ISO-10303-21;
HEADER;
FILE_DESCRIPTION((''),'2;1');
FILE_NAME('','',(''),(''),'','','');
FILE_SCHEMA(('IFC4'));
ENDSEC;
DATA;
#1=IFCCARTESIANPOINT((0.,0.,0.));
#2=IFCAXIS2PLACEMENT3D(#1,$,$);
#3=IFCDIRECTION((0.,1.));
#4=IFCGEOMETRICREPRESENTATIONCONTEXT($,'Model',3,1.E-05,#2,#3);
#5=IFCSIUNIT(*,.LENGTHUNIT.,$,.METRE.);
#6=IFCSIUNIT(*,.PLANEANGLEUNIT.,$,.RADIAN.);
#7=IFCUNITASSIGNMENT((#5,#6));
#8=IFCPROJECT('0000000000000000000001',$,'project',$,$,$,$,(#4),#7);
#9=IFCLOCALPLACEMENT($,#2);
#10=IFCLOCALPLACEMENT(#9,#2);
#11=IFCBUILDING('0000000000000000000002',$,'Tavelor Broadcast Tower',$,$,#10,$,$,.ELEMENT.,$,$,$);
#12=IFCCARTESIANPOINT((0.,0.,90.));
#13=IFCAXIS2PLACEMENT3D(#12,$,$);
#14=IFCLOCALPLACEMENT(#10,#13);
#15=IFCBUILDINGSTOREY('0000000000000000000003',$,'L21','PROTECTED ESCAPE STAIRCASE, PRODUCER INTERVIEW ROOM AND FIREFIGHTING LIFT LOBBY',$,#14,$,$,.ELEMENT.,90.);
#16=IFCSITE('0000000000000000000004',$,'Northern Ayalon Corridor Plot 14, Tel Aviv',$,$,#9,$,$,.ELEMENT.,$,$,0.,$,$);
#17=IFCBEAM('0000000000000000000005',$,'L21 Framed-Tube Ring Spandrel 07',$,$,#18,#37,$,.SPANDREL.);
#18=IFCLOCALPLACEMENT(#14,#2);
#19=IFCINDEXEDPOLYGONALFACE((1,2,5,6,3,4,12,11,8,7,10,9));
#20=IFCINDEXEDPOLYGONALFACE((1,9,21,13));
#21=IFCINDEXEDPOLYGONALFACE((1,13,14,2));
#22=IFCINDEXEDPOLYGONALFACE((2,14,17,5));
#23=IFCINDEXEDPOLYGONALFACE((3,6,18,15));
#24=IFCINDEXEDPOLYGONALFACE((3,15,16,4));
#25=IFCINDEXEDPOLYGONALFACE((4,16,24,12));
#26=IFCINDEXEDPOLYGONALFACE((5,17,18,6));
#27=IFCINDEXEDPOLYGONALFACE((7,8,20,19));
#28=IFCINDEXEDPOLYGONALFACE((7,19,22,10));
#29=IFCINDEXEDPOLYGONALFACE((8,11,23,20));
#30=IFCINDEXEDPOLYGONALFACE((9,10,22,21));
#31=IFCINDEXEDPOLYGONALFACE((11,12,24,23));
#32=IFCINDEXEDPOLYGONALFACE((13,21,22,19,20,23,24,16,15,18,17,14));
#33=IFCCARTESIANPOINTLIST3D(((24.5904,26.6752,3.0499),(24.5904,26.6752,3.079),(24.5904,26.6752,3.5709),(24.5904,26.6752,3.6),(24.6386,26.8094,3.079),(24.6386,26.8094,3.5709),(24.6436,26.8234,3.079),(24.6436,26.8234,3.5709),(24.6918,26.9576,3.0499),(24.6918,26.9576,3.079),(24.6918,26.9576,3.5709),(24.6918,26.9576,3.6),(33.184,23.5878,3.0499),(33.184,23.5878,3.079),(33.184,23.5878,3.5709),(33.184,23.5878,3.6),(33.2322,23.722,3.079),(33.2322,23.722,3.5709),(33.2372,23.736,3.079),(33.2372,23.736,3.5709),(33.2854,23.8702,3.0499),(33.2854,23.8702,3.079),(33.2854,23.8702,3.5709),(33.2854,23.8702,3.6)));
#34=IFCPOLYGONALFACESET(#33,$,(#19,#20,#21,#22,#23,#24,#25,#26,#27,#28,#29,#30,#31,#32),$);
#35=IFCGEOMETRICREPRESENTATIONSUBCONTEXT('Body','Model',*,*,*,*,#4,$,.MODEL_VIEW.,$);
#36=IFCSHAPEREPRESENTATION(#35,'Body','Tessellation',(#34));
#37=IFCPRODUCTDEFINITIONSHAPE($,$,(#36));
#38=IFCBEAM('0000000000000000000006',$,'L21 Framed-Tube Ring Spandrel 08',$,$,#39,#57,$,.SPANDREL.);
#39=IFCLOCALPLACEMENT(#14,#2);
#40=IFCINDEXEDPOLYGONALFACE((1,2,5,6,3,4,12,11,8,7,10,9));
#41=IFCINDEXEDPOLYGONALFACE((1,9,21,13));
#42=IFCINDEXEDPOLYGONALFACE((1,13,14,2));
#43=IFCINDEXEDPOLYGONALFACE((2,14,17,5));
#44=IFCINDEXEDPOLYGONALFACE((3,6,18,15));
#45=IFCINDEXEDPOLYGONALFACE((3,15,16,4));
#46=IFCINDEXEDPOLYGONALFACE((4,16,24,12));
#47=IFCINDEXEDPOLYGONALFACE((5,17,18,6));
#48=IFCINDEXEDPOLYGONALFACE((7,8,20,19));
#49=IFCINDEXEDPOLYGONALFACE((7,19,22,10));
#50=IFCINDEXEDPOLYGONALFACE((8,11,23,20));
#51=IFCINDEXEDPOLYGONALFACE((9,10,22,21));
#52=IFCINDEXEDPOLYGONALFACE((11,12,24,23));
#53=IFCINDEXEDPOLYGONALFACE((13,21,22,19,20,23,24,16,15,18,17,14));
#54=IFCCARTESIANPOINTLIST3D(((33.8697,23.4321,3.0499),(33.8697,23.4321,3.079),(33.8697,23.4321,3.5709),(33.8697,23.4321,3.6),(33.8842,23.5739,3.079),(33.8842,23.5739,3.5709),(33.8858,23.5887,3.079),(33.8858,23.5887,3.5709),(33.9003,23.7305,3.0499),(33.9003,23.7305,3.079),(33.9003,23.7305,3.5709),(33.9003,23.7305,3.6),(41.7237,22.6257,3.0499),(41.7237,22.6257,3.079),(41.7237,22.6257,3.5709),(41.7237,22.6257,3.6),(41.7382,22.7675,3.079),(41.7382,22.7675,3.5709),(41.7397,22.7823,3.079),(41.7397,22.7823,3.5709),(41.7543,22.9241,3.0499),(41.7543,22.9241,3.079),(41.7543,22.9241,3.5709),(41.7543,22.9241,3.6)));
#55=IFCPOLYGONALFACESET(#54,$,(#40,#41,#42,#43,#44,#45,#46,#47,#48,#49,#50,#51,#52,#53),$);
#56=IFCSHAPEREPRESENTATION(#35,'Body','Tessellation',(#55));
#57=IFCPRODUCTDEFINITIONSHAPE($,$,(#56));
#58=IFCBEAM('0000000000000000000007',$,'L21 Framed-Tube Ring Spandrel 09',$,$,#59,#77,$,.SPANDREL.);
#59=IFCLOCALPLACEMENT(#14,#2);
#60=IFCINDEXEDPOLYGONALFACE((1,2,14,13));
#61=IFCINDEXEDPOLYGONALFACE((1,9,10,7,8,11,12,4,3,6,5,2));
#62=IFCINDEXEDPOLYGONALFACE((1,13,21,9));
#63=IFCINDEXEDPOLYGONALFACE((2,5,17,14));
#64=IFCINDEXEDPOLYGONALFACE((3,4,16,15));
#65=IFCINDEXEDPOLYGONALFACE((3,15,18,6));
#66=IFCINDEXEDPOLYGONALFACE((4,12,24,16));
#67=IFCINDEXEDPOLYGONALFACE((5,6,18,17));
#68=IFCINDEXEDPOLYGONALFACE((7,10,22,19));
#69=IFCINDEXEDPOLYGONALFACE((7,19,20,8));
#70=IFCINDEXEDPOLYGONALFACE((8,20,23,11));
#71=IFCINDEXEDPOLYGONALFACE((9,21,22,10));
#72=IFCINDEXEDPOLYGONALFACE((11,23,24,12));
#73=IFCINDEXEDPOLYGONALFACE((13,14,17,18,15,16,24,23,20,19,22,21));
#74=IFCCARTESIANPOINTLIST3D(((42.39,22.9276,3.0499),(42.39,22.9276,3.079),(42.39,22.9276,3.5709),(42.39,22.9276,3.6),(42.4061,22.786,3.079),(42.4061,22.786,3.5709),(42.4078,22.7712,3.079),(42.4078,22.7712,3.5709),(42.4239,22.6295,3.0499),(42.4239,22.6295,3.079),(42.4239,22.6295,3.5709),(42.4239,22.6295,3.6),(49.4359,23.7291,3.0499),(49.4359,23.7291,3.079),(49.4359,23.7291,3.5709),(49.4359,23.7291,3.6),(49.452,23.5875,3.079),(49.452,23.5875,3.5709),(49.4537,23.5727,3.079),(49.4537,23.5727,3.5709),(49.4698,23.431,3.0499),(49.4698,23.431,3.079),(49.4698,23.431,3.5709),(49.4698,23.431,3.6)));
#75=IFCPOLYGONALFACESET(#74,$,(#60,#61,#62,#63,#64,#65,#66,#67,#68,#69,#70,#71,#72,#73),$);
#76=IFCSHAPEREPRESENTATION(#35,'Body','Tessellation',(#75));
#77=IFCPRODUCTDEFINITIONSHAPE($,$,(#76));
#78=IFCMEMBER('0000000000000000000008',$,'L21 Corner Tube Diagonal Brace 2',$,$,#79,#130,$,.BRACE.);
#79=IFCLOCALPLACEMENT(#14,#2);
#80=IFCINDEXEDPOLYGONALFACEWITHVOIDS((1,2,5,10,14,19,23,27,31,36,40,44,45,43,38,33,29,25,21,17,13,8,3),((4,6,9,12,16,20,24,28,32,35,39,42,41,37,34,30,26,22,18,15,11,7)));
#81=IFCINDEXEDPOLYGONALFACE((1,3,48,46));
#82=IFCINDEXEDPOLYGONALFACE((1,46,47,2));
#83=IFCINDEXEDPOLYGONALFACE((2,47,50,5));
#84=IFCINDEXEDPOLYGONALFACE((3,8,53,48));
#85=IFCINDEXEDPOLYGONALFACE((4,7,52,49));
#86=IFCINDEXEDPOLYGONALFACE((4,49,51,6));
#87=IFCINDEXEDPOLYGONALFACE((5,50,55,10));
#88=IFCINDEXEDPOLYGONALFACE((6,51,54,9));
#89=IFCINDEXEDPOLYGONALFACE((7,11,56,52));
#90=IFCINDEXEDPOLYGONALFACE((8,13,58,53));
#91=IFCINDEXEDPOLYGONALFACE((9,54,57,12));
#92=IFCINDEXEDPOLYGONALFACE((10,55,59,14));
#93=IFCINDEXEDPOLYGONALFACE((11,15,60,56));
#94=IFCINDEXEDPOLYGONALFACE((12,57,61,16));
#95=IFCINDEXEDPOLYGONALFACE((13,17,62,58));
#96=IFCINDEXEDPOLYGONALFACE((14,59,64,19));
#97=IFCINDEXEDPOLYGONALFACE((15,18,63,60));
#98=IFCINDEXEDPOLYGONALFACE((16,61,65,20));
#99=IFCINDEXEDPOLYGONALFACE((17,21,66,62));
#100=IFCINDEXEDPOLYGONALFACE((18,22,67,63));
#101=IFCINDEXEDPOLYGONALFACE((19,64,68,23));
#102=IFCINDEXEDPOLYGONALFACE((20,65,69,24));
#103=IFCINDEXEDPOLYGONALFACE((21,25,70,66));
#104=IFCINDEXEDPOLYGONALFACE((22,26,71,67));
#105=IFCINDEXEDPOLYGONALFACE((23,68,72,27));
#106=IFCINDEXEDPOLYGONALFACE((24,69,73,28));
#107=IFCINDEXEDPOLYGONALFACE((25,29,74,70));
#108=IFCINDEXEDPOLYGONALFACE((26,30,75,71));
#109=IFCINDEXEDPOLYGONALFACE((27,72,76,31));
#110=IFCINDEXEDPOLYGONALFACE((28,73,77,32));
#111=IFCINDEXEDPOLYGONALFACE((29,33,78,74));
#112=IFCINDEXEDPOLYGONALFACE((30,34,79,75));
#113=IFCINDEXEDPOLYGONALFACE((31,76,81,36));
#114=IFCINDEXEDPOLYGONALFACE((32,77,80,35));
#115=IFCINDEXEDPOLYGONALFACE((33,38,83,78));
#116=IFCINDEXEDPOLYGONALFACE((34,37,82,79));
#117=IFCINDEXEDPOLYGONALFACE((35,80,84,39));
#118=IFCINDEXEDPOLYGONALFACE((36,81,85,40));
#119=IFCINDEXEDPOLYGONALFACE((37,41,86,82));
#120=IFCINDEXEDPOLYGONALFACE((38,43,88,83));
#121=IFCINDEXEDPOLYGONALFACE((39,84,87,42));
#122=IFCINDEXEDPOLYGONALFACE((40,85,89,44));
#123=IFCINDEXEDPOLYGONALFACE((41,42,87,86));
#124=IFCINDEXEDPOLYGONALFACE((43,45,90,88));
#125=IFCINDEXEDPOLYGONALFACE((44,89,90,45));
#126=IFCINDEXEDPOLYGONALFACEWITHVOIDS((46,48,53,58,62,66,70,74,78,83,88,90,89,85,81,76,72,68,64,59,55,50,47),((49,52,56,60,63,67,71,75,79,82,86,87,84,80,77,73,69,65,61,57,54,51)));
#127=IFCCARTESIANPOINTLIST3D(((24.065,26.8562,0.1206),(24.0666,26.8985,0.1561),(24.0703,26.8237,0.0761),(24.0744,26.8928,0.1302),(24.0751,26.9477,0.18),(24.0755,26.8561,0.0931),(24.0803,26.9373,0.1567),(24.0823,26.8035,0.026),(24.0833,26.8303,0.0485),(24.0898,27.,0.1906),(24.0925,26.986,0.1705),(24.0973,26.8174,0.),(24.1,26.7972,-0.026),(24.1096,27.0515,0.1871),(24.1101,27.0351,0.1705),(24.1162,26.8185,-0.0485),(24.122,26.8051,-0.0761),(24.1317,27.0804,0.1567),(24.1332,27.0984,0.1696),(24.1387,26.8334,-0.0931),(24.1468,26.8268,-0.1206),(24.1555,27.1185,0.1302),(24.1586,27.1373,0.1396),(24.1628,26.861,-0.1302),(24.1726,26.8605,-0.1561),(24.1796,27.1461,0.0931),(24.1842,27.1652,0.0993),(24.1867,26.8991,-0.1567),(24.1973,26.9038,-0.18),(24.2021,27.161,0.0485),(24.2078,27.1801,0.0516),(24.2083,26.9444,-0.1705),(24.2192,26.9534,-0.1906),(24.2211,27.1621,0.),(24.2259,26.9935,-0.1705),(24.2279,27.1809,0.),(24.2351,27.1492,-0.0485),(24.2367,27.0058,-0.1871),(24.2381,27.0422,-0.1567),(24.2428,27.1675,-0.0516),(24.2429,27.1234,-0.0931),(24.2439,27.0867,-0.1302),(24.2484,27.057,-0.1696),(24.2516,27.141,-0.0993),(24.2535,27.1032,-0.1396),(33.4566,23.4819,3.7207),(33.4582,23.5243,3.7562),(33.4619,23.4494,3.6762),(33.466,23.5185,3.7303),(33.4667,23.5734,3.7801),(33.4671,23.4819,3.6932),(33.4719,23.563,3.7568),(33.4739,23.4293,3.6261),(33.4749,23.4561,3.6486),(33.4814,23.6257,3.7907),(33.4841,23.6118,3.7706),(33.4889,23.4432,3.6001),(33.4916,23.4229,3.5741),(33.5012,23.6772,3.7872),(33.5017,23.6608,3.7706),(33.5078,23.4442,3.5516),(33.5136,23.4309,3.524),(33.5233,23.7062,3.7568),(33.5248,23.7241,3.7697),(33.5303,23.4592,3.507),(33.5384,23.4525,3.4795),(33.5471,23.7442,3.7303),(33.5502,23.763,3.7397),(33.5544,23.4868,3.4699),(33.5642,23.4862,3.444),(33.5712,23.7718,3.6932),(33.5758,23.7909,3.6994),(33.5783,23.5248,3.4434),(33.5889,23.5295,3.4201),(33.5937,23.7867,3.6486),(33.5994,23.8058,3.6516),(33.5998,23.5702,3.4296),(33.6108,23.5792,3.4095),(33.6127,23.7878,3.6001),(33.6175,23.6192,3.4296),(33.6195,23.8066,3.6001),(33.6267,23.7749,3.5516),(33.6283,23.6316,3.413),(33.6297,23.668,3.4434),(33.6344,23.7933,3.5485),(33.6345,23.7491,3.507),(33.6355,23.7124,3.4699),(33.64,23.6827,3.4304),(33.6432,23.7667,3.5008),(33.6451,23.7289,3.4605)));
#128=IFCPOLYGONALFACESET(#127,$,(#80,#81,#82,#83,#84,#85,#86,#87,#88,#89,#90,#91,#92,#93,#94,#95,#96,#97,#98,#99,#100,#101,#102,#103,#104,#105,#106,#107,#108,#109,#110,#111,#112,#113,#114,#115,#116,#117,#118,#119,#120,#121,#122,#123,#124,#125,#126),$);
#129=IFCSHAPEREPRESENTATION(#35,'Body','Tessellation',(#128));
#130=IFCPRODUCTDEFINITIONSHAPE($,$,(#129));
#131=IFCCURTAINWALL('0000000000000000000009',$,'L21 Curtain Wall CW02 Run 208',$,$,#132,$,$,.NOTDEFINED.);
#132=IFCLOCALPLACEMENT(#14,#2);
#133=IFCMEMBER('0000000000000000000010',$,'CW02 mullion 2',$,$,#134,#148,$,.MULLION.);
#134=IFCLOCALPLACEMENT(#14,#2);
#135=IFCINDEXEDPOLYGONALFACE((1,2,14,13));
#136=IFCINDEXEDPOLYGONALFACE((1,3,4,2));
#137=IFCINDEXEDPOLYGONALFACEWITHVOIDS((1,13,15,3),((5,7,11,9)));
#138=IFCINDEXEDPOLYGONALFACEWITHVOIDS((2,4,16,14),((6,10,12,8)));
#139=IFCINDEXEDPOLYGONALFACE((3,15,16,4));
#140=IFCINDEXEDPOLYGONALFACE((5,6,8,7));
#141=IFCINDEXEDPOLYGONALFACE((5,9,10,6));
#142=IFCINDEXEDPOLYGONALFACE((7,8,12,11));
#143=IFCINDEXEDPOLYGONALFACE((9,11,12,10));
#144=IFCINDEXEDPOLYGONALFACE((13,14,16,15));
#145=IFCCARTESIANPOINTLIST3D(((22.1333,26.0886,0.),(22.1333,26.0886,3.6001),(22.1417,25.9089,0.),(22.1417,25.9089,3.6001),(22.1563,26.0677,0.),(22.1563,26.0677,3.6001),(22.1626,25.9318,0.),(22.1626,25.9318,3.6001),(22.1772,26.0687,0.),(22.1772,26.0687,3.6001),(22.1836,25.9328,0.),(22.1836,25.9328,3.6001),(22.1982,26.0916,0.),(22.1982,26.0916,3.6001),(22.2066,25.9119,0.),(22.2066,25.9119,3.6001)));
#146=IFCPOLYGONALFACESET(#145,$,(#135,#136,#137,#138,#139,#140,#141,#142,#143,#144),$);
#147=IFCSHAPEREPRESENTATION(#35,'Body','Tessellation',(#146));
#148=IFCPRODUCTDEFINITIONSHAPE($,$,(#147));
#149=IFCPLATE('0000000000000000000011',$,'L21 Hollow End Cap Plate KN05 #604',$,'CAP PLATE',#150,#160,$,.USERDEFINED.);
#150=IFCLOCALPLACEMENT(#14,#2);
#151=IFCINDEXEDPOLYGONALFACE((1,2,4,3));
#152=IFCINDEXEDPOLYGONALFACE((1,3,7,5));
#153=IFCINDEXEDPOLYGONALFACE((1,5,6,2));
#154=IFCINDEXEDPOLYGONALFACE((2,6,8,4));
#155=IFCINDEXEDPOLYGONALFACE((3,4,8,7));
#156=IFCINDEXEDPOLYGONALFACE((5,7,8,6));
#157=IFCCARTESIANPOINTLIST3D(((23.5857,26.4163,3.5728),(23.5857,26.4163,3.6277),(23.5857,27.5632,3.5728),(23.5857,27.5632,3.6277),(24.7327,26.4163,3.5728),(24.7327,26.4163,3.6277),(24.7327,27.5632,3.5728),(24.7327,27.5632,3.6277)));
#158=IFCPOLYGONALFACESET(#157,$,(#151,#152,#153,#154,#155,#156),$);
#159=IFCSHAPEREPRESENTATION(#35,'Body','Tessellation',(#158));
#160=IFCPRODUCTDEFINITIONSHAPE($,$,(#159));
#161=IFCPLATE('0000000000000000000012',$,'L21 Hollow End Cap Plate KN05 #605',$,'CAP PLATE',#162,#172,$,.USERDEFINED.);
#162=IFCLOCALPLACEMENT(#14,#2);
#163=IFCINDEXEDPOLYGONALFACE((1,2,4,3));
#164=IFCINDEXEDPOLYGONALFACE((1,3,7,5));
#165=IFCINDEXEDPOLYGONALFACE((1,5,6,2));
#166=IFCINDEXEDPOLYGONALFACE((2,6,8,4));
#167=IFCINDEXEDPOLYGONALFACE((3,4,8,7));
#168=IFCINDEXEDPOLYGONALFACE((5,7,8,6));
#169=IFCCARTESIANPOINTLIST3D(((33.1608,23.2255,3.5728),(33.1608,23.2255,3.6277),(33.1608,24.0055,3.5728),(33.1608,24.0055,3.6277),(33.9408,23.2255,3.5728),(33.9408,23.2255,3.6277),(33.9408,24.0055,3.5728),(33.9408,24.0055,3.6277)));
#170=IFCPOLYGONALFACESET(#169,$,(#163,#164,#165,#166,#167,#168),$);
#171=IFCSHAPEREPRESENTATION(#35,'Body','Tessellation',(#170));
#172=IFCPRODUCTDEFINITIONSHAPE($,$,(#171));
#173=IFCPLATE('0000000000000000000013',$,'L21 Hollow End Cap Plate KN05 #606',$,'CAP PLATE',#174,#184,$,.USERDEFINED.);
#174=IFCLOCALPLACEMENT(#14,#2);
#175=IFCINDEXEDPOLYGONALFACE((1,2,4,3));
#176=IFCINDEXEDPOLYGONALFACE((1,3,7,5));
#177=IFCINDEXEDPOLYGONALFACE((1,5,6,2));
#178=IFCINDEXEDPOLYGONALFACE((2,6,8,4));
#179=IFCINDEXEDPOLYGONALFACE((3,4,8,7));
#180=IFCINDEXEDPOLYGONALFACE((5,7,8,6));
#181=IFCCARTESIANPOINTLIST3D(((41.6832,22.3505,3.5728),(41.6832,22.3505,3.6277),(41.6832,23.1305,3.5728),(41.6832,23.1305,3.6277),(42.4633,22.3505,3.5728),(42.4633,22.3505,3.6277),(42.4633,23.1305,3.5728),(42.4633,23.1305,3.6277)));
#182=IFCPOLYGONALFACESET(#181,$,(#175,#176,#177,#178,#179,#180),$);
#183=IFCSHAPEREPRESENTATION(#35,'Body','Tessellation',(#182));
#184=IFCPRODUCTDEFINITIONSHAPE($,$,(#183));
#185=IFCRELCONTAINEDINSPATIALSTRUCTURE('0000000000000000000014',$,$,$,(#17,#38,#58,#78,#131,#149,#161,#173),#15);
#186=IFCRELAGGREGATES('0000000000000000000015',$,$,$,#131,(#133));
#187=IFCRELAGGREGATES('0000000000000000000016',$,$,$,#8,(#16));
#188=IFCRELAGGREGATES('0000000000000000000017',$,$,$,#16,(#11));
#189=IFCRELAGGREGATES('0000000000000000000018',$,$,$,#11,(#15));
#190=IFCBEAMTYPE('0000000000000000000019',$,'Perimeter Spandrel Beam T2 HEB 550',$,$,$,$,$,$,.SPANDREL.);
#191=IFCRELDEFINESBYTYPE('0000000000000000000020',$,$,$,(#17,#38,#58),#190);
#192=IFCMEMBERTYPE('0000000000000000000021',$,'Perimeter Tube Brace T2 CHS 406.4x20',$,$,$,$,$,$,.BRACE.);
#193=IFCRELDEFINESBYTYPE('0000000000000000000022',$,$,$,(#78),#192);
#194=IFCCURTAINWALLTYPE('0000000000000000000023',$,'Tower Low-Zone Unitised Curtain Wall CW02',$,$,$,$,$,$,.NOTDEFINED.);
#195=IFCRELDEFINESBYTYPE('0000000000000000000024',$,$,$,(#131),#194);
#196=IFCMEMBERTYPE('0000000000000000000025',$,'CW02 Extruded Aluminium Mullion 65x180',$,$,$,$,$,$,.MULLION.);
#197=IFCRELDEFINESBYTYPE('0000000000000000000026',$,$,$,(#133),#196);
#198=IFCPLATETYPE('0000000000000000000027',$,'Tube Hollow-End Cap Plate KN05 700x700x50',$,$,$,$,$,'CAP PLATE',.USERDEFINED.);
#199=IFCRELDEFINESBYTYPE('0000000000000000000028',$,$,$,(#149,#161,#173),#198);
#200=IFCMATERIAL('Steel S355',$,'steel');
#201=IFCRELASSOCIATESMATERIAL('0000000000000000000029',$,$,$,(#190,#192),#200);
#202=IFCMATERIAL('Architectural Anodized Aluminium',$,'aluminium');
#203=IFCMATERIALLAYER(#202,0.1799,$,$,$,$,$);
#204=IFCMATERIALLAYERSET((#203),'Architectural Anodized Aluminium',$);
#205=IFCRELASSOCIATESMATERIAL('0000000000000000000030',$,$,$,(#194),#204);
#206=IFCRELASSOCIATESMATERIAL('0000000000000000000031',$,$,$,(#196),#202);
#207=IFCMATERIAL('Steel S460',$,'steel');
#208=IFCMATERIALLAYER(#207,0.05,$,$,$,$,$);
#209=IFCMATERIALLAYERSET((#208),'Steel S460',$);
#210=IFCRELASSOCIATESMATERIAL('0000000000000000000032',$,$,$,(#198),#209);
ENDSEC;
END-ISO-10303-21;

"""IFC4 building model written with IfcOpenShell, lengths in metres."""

from ifc_helpers import new_model, si_unit, direction, frame, origin, origin_2d, place, context, subcontext, project, spatial, rectangle, hollow_rectangle, hollow_circle, i_section, extrude, source, transform, mapped, material, layer, layer_set, material_profile, profile_set, type_object, type_shapes, element, aggregate, save


model = new_model("IFC4")

# Units and contexts
model_context = context("Model", 3, precision=1e-05, world=origin(), true_north=direction((0.0, 1.0)))
body_context = subcontext(model_context, "Body", "Model", "MODEL_VIEW")
ifc_project = project(units=[si_unit("LENGTHUNIT", "METRE"), si_unit("PLANEANGLEUNIT", "RADIAN")], contexts=[model_context])

# Site, building, storey
site_placement = place(None, origin())
site = spatial("IfcSite", under=ifc_project, at=site_placement, Name="Northern Ayalon Corridor Plot 14, Tel Aviv", CompositionType="ELEMENT", RefElevation=0.0)
building_placement = place(site_placement, origin())
building = spatial("IfcBuilding", under=site, at=building_placement, Name="Tavelor Broadcast Tower", CompositionType="ELEMENT")
storey_placement = place(building_placement, frame((0.0, 0.0, 90.0)))
storey = spatial("IfcBuildingStorey", under=building, at=storey_placement, Name="L21", Description="PROTECTED ESCAPE STAIRCASE, PRODUCER INTERVIEW ROOM AND FIREFIGHTING LIFT LOBBY", CompositionType="ELEMENT", Elevation=90.0)

# Shared definitions
ifc_material_1 = material(Name="Steel S460", Category="steel")

# Beams
ifc_material_2 = material(Name="Steel S355", Category="steel")
ifc_material_profile_1 = material_profile(ifc_material_2, i_section(OverallWidth=0.3, OverallDepth=0.55, WebThickness=0.0149, FlangeThickness=0.0291, at=origin_2d()), Name="HEB 550")
ifc_profile_set_1 = profile_set([ifc_material_profile_1], Name="Steel S355")
beam_type_1 = type_object("IfcBeamType", Name="Perimeter Spandrel Beam T2 HEB 550", PredefinedType="SPANDREL", material=ifc_profile_set_1)
beam_1_placement = place(storey_placement, frame((24.6411, 26.8164, 3.325), z_axis=(0.941106, -0.338113, 0.0), x_axis=(0.338113, 0.941106, 0.0)))
element("IfcBeam", 1, at=beam_1_placement, inside=storey, type_object=beam_type_1, Name="L21 Framed-Tube Ring Spandrel 07", PredefinedType="SPANDREL", context=body_context, shape_type="SweptSolid", body=[
    extrude(i_section(OverallWidth=0.3, OverallDepth=0.55, WebThickness=0.0149, FlangeThickness=0.0291, at=origin_2d()), origin(), (0.0, 0.0, 1.0), 9.1313),
])
beam_2_placement = place(storey_placement, frame((33.885, 23.5813, 3.325), z_axis=(0.99477, -0.102136, 0.0), x_axis=(0.102136, 0.99477, 0.0)))
element("IfcBeam", 2, at=beam_2_placement, inside=storey, type_object=beam_type_1, Name="L21 Framed-Tube Ring Spandrel 08", PredefinedType="SPANDREL", context=body_context, shape_type="SweptSolid", body=[
    extrude(i_section(OverallWidth=0.3, OverallDepth=0.55, WebThickness=0.0149, FlangeThickness=0.0291, at=origin_2d()), origin(), (0.0, 0.0, 1.0), 7.8953),
])
beam_3_placement = place(storey_placement, frame((42.407, 22.7786, 3.325), z_axis=(0.993592, 0.113027, 0.0), x_axis=(-0.113027, 0.993592, 0.0)))
element("IfcBeam", 3, at=beam_3_placement, inside=storey, type_object=beam_type_1, Name="L21 Framed-Tube Ring Spandrel 09", PredefinedType="SPANDREL", context=body_context, shape_type="SweptSolid", body=[
    extrude(i_section(OverallWidth=0.3, OverallDepth=0.55, WebThickness=0.0149, FlangeThickness=0.0291, at=origin_2d()), origin(), (0.0, 0.0, 1.0), 7.0913),
])

# Member
ifc_material_profile_2 = material_profile(ifc_material_2, hollow_circle(Radius=0.2031, WallThickness=0.02, at=origin_2d()), Name="CHS 406.4x20")
ifc_profile_set_2 = profile_set([ifc_material_profile_2], Name="Steel S355")
member_type_1 = type_object("IfcMemberType", Name="Perimeter Tube Brace T2 CHS 406.4x20", PredefinedType="BRACE", material=ifc_profile_set_2)
member_1_placement = place(storey_placement, frame((24.1592, 26.9897, 0.0), z_axis=(0.885258, -0.31806, 0.339347), x_axis=(0.338124, 0.941101, 0.0)))
element("IfcMember", 4, at=member_1_placement, inside=storey, type_object=member_type_1, Name="L21 Corner Tube Diagonal Brace 2", PredefinedType="BRACE", context=body_context, shape_type="SweptSolid", body=[
    extrude(hollow_circle(Radius=0.2031, WallThickness=0.02, at=origin_2d()), origin(), (0.0, 0.0, 1.0), 10.6089),
])

# Curtain wall, member
ifc_material_3 = material(Name="Architectural Anodized Aluminium", Category="aluminium")
ifc_layer_1 = layer(ifc_material_3, 0.1799)
ifc_layer_set_1 = layer_set([ifc_layer_1], Name="Architectural Anodized Aluminium")
curtain_wall_type = type_object("IfcCurtainWallType", Name="Tower Low-Zone Unitised Curtain Wall CW02", PredefinedType="NOTDEFINED", material=ifc_layer_set_1)
curtain_wall_placement = place(storey_placement, origin())
curtain_wall = element("IfcCurtainWall", 5, at=curtain_wall_placement, inside=storey, type_object=curtain_wall_type, Name="L21 Curtain Wall CW02 Run 208", PredefinedType="NOTDEFINED")
ifc_material_profile_3 = material_profile(ifc_material_3, hollow_rectangle(XDim=0.0649, YDim=0.1799, WallThickness=0.022, at=origin_2d()), Name="RHS 65x180x22")
ifc_profile_set_3 = profile_set([ifc_material_profile_3], Name="Architectural Anodized Aluminium")
member_type_2 = type_object("IfcMemberType", Name="CW02 Extruded Aluminium Mullion 65x180", PredefinedType="MULLION", material=ifc_profile_set_3)
shared_shape_1 = source(origin(), body_context, "Body", "SweptSolid", [
    extrude(hollow_rectangle(XDim=0.0649, YDim=0.1799, WallThickness=0.022, at=origin_2d()), origin(), (0.0, 0.0, 1.0), 3.6001),
])
type_shapes(member_type_2, [shared_shape_1])
member_2_placement = place(storey_placement, frame((22.1699, 26.0002, 0.0), z_axis=(0.0, 0.0, 1.0), x_axis=(0.998909, 0.046695, 0.0)))
member_2 = element("IfcMember", 6, at=member_2_placement, type_object=member_type_2, Name="CW02 mullion 2", PredefinedType="MULLION", context=body_context, shape_type="MappedRepresentation", body=[
    mapped(shared_shape_1, transform((0.0, 0.0, 0.0), scale=1.0)),
])

# Plates
ifc_layer_2 = layer(ifc_material_1, 0.05)
ifc_layer_set_2 = layer_set([ifc_layer_2], Name="Steel S460")
plate_type_1 = type_object("IfcPlateType", Name="Tube Hollow-End Cap Plate KN05 700x700x50", ElementType="CAP PLATE", PredefinedType="USERDEFINED", material=ifc_layer_set_2)
shared_shape_2 = source(origin(), body_context, "Body", "SweptSolid", [
    extrude(rectangle(XDim=1.147, YDim=1.147, at=origin_2d()), origin(), (0.0, 0.0, 1.0), 0.0549),
])
plate_1_placement = place(storey_placement, frame((24.1592, 26.9897, 3.5728), z_axis=(0.0, 0.0, 1.0), x_axis=(1.0, 0.0, 0.0)))
element("IfcPlate", 7, at=plate_1_placement, inside=storey, type_object=plate_type_1, Name="L21 Hollow End Cap Plate KN05 #604", ObjectType="CAP PLATE", PredefinedType="USERDEFINED", context=body_context, shape_type="MappedRepresentation", body=[
    mapped(shared_shape_2, transform((0.0, 0.0, 0.0), scale=1.0)),
])
shared_shape_3 = source(origin(), body_context, "Body", "SweptSolid", [
    extrude(rectangle(XDim=0.78, YDim=0.78, at=origin_2d()), origin(), (0.0, 0.0, 1.0), 0.0549),
])
type_shapes(plate_type_1, [shared_shape_2, shared_shape_3])
for number, where, z_axis, x_axis, name in (
    (8, (33.5508, 23.6155, 3.5728), (0.0, 0.0, 1.0), (1.0, 0.0, 0.0), "L21 Hollow End Cap Plate KN05 #605"),
    (9, (42.0732, 22.7405, 3.5728), (0.0, 0.0, 1.0), (1.0, 0.0, 0.0), "L21 Hollow End Cap Plate KN05 #606"),
):
    element("IfcPlate", number, at=place(storey_placement, frame(where, z_axis=z_axis, x_axis=x_axis)), inside=storey, type_object=plate_type_1, Name=name, ObjectType="CAP PLATE", PredefinedType="USERDEFINED", context=body_context, shape_type="MappedRepresentation", body=[
        mapped(shared_shape_3, transform((0.0, 0.0, 0.0), scale=1.0)),
    ])

aggregate(curtain_wall, [member_2])

save(model, "model.ifc")
